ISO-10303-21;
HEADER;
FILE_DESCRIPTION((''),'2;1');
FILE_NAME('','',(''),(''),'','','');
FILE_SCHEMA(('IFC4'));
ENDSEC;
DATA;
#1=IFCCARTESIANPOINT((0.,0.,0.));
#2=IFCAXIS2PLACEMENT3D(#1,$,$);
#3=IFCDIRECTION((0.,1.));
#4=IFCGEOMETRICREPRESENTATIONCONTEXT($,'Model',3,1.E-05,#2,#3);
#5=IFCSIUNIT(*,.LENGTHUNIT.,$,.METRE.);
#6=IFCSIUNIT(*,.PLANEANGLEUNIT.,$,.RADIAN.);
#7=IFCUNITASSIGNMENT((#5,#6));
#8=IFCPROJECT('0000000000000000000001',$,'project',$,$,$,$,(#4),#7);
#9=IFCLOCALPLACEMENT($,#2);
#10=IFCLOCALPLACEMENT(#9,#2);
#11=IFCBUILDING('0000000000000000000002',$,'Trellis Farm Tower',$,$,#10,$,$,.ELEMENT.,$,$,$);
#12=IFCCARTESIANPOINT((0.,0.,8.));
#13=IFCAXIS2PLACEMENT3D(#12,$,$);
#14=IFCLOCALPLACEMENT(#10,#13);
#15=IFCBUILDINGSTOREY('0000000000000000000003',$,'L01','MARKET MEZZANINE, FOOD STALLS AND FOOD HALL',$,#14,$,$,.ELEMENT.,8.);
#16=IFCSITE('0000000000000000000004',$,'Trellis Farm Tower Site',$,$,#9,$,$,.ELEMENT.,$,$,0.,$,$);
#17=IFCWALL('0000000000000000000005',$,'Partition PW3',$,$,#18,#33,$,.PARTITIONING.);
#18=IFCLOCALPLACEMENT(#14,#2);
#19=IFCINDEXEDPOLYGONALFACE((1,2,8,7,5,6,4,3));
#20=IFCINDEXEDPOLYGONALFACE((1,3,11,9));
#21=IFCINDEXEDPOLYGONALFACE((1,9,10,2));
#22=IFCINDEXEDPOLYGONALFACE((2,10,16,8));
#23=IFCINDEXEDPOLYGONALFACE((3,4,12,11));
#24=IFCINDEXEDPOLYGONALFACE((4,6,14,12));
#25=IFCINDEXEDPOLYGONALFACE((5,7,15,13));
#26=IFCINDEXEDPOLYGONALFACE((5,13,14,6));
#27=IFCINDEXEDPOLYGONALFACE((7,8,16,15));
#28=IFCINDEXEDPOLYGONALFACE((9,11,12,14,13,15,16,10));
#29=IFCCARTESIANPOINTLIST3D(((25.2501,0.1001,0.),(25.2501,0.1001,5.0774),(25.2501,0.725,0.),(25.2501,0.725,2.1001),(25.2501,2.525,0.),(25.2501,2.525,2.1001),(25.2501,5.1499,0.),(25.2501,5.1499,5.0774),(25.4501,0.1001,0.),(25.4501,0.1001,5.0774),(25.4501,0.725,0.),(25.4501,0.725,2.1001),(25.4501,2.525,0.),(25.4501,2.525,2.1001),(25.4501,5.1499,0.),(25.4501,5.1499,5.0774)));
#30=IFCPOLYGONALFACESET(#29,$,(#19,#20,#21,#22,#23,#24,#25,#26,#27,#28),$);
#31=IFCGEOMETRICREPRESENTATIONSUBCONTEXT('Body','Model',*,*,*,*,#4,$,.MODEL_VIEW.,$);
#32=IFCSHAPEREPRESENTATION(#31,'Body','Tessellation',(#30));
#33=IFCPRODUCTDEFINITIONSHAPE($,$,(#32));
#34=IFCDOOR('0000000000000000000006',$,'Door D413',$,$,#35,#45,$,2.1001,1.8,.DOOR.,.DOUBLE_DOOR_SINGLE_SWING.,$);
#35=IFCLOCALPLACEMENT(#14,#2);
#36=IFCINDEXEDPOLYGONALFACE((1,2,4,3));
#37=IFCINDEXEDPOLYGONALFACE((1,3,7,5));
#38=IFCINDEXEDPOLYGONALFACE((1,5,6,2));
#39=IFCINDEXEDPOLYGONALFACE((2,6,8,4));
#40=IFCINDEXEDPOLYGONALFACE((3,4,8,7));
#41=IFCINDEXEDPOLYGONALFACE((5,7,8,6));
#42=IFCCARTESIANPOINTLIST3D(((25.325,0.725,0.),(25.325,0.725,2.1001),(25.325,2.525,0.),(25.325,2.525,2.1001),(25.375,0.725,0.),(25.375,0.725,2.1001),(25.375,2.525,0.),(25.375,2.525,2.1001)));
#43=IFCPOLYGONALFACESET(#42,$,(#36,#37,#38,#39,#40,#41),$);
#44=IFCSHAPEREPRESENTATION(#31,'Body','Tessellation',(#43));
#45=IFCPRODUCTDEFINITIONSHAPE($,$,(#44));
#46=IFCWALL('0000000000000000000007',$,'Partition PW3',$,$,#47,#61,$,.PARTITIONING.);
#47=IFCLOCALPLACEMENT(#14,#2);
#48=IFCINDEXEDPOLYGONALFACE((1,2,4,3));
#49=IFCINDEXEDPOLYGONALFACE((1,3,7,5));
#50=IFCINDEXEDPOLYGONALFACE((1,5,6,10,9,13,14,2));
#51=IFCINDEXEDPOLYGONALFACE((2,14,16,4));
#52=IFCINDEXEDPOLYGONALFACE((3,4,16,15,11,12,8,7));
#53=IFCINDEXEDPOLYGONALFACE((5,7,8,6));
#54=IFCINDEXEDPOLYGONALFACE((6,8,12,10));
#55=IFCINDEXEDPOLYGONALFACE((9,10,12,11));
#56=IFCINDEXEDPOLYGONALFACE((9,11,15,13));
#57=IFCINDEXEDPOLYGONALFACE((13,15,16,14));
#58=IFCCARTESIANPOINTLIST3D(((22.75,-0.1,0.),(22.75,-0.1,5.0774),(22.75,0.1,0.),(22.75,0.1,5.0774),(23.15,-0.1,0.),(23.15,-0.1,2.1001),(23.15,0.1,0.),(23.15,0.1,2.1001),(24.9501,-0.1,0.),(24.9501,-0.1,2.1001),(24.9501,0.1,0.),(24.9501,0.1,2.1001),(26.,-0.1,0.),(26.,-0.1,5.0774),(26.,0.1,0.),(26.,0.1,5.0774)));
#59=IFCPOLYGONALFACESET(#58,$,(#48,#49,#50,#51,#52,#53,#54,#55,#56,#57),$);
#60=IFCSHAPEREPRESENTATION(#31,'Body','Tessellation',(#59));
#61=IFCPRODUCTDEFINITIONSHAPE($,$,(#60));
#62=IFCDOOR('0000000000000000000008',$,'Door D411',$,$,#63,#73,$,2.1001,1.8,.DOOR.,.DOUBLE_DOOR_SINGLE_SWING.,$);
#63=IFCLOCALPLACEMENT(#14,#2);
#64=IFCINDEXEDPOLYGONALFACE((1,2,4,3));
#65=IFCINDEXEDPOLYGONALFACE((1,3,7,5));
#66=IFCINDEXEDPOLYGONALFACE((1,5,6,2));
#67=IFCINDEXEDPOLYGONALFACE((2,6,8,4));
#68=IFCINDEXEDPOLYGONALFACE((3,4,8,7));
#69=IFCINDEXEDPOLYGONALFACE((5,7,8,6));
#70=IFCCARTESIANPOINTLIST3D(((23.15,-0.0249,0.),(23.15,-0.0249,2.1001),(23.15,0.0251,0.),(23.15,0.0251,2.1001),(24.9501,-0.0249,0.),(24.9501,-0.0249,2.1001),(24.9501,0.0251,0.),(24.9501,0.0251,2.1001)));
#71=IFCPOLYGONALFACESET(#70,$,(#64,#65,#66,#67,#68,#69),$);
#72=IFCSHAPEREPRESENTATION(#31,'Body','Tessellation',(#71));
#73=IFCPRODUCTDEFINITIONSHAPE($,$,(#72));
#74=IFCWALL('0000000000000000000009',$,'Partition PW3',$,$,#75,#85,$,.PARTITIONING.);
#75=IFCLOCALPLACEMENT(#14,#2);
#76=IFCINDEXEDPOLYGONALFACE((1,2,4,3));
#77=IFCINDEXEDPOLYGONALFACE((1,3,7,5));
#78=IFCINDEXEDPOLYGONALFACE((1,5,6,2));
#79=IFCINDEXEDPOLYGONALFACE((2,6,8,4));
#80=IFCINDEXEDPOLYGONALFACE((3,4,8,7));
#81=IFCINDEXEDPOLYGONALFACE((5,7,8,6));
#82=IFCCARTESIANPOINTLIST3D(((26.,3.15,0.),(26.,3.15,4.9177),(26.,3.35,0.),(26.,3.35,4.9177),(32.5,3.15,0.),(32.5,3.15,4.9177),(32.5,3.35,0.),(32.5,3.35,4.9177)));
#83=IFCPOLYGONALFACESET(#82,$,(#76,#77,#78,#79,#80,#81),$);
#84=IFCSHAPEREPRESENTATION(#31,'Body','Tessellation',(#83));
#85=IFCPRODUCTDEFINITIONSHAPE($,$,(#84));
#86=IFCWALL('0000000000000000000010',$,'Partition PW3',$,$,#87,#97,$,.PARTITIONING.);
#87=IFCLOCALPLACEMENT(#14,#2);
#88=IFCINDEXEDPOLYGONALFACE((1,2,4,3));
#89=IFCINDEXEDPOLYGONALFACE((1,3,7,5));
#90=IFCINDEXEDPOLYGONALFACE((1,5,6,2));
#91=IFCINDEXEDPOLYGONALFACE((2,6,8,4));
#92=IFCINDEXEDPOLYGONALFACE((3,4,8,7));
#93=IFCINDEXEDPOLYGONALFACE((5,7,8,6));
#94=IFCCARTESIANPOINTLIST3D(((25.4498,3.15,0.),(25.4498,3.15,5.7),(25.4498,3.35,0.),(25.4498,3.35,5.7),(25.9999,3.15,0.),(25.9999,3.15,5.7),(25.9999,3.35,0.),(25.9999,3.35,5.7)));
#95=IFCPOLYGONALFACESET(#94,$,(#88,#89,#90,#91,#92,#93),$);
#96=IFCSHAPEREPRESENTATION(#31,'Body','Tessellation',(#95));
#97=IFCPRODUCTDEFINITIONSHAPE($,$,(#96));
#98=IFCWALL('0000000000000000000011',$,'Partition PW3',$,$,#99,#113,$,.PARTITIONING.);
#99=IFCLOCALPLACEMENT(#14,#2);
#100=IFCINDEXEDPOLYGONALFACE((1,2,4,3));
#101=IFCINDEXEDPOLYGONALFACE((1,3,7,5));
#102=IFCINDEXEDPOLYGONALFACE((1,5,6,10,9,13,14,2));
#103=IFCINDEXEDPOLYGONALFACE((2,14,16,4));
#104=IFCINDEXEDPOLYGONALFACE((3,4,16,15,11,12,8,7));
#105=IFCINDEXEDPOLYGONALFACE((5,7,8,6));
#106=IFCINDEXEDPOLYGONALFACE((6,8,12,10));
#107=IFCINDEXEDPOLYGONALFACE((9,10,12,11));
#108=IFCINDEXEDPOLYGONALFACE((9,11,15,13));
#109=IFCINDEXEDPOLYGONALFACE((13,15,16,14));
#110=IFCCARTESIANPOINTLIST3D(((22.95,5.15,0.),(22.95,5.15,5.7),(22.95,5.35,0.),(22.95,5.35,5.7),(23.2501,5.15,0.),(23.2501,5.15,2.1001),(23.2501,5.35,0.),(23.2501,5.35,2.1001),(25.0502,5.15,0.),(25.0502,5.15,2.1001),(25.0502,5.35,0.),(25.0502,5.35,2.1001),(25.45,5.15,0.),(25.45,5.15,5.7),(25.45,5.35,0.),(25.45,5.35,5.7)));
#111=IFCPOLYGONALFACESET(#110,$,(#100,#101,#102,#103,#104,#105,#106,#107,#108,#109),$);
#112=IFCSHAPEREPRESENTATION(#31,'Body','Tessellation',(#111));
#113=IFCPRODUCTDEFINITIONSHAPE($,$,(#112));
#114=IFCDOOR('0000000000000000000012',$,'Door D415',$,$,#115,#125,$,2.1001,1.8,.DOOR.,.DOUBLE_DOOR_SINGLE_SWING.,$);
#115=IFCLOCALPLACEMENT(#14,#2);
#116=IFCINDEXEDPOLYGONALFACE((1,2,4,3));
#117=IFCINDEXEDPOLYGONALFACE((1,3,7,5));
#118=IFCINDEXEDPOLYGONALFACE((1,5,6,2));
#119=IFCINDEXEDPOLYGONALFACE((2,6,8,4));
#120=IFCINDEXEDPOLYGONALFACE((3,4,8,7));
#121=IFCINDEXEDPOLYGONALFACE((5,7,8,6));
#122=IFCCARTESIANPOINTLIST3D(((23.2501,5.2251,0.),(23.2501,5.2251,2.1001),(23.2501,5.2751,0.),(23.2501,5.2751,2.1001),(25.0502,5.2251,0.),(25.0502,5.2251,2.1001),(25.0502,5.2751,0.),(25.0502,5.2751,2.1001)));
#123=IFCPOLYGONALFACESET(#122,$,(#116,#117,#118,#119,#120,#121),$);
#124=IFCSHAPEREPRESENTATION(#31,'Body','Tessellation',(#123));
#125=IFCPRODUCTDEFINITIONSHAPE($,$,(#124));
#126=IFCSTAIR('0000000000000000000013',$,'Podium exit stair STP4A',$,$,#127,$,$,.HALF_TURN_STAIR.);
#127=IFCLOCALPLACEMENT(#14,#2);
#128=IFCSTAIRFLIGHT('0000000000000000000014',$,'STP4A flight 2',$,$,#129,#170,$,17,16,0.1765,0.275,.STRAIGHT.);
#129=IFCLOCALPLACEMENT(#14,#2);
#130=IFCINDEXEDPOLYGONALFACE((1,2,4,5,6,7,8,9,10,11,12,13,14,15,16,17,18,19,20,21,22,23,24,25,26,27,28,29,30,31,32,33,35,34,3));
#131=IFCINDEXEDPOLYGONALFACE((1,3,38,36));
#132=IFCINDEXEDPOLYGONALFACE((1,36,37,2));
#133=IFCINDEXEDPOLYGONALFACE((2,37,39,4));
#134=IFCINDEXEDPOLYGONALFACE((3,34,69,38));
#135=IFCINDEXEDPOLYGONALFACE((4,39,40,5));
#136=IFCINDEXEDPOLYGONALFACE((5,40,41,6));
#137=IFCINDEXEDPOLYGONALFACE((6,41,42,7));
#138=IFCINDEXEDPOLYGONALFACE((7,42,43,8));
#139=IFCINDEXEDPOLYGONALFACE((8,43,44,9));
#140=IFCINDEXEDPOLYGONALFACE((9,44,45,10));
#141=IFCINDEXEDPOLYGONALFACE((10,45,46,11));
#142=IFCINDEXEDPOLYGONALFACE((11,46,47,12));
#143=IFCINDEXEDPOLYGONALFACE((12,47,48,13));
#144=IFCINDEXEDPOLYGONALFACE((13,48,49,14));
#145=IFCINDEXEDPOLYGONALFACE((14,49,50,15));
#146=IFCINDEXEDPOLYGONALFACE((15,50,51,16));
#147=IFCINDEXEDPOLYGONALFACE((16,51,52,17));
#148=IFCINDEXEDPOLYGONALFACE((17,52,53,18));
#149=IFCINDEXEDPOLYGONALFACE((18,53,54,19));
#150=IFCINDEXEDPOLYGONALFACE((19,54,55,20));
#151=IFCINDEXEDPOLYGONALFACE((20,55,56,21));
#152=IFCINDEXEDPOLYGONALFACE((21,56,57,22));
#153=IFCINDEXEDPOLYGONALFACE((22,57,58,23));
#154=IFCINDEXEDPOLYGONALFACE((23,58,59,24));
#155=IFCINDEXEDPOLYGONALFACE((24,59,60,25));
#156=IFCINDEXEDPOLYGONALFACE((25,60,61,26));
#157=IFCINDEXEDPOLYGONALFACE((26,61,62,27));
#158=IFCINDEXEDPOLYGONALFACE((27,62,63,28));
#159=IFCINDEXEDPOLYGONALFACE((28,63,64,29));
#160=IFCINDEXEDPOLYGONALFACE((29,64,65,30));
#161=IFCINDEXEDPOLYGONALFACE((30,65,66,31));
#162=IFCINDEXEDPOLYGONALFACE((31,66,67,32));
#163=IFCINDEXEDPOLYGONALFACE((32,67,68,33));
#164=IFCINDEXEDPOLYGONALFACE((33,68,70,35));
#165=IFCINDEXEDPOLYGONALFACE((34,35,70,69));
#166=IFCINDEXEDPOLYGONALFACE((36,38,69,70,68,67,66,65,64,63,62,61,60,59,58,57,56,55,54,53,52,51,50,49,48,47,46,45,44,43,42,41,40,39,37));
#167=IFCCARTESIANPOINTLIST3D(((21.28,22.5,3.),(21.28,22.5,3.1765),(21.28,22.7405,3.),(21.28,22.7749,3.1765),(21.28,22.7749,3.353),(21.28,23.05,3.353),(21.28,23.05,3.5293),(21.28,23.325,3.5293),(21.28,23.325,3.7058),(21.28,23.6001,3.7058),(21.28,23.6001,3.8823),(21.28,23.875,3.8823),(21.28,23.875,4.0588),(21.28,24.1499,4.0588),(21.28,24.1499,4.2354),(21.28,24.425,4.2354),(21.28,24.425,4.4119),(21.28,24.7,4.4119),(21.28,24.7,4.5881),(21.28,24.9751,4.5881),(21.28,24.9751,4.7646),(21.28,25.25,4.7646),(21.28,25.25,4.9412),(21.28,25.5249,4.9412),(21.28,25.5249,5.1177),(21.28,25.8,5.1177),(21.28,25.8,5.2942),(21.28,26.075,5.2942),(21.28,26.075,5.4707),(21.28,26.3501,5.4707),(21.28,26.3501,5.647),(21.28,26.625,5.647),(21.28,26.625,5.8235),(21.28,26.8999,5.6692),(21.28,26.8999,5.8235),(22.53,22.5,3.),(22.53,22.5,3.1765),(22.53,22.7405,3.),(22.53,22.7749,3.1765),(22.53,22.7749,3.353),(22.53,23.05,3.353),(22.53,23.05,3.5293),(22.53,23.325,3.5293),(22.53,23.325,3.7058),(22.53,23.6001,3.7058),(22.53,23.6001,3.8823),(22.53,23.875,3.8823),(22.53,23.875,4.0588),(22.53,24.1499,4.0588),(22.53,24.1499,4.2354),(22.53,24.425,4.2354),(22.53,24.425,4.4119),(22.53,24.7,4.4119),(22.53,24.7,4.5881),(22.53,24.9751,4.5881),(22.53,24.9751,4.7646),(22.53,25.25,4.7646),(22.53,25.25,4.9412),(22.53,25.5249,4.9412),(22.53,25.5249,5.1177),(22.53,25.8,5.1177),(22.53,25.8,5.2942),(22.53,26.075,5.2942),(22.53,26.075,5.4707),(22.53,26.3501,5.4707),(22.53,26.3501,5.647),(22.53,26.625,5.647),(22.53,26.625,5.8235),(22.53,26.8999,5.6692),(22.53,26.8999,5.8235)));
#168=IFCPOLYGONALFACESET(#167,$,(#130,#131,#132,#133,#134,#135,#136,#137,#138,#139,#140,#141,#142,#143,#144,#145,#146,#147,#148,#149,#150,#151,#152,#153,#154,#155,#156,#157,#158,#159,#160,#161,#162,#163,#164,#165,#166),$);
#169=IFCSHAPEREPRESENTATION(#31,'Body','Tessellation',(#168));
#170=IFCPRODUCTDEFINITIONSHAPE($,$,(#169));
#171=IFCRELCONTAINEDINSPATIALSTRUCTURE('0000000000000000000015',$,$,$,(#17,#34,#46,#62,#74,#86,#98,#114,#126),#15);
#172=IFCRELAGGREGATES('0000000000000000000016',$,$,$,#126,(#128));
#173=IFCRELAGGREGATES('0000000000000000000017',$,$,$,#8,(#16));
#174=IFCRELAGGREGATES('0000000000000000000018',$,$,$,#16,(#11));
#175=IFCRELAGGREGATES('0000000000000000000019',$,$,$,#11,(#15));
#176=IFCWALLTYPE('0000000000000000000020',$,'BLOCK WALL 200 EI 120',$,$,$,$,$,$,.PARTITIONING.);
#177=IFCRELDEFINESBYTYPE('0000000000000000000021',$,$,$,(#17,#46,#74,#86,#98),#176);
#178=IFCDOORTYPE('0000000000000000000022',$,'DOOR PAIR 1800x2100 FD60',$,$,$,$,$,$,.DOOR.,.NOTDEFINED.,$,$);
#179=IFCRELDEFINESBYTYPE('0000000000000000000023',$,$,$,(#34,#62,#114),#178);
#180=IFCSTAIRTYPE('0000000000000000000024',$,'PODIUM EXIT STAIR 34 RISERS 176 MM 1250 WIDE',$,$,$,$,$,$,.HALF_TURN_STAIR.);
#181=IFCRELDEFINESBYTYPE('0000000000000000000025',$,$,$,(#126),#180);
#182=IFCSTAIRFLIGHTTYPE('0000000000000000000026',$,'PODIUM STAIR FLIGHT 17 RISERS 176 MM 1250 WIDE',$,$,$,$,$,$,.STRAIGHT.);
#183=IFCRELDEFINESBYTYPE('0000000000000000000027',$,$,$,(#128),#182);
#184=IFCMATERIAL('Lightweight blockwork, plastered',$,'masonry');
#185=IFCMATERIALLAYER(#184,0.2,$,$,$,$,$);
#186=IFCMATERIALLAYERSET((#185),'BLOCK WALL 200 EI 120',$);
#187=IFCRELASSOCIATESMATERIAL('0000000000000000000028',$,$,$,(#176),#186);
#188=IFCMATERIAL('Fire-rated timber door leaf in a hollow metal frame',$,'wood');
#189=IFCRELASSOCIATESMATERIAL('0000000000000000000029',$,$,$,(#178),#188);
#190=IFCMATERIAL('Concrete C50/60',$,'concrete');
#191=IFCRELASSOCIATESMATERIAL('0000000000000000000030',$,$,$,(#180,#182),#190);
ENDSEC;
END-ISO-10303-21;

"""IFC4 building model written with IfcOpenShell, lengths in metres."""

from ifc_helpers import new_model, si_unit, direction, frame, frame_2d, origin, place, context, subcontext, project, spatial, polyline, rectangle, outline, extrude, source, transform, mapped, material, layer, layer_set, type_object, element, fill, aggregate, save


model = new_model("IFC4")

# Units and contexts
model_context = context("Model", 3, precision=1e-05, world=origin(), true_north=direction((0.0, 1.0)))
body_context = subcontext(model_context, "Body", "Model", "MODEL_VIEW")
ifc_project = project(units=[si_unit("LENGTHUNIT", "METRE"), si_unit("PLANEANGLEUNIT", "RADIAN")], contexts=[model_context])

# Site, building, storey
site_placement = place(None, origin())
site = spatial("IfcSite", under=ifc_project, at=site_placement, Name="Trellis Farm Tower Site", CompositionType="ELEMENT", RefElevation=0.0)
building_placement = place(site_placement, origin())
building = spatial("IfcBuilding", under=site, at=building_placement, Name="Trellis Farm Tower", CompositionType="ELEMENT")
storey_placement = place(building_placement, frame((0.0, 0.0, 8.0)))
storey = spatial("IfcBuildingStorey", under=building, at=storey_placement, Name="L01", Description="MARKET MEZZANINE, FOOD STALLS AND FOOD HALL", CompositionType="ELEMENT", Elevation=8.0)

# Walls, openings, doors
ifc_material_1 = material(Name="Lightweight blockwork, plastered", Category="masonry")
ifc_layer_1 = layer(ifc_material_1, 0.2)
ifc_layer_set_1 = layer_set([ifc_layer_1], Name="BLOCK WALL 200 EI 120")
wall_type_1 = type_object("IfcWallType", Name="BLOCK WALL 200 EI 120", PredefinedType="PARTITIONING", material=ifc_layer_set_1)
shared_shape_1 = source(origin(), body_context, "Body", "SweptSolid", [
    extrude(rectangle(XDim=5.0498, YDim=0.2, at=frame_2d((2.5249, 0.0))), origin(), (0.0, 0.0, 1.0), 5.0774),
])
wall_1_placement = place(storey_placement, frame((25.3501, 5.1499, 0.0), z_axis=(0.0, 0.0, 1.0), x_axis=(0.0, -1.0, 0.0)))
wall_1 = element("IfcWall", 1, at=wall_1_placement, inside=storey, type_object=wall_type_1, Name="Partition PW3", PredefinedType="PARTITIONING", context=body_context, shape_type="MappedRepresentation", body=[
    mapped(shared_shape_1, transform((0.0, 0.0, 0.0))),
])
shared_shape_2 = source(origin(), body_context, "Body", "SweptSolid", [
    extrude(rectangle(XDim=1.8, YDim=2.1001, at=frame_2d((0.8999, 1.05))), frame((0.0, 0.1101, 0.0), z_axis=(0.0, -1.0, 0.0), x_axis=(1.0, 0.0, 0.0)), (0.0, 0.0, 1.0), 0.2202),
])
opening_1_placement = place(wall_1_placement, frame((2.625, 0.0, 0.0)))
opening_1 = element("IfcOpeningElement", 2, at=opening_1_placement, cuts=wall_1, PredefinedType="OPENING", context=body_context, shape_type="MappedRepresentation", body=[
    mapped(shared_shape_2, transform((0.0, 0.0, 0.0))),
])
ifc_material_2 = material(Name="Fire-rated timber door leaf in a hollow metal frame", Category="wood")
door_type_1 = type_object("IfcDoorType", Name="DOOR PAIR 1800x2100 FD60", OperationType="NOTDEFINED", PredefinedType="DOOR", material=ifc_material_2)
shared_shape_3 = source(origin(), body_context, "Body", "SweptSolid", [
    extrude(rectangle(XDim=1.8, YDim=2.1001, at=frame_2d((0.8999, 1.05))), frame((0.0, 0.0249, 0.0), z_axis=(0.0, -1.0, 0.0), x_axis=(1.0, 0.0, 0.0)), (0.0, 0.0, 1.0), 0.05),
])
door_1_placement = place(opening_1_placement, origin())
door_1 = element("IfcDoor", 3, at=door_1_placement, inside=storey, type_object=door_type_1, Name="Door D413", OperationType="DOUBLE_DOOR_SINGLE_SWING", OverallHeight=2.1001, OverallWidth=1.8, PredefinedType="DOOR", context=body_context, shape_type="MappedRepresentation", body=[
    mapped(shared_shape_3, transform((0.0, 0.0, 0.0))),
])
fill(opening_1, door_1)
shared_shape_4 = source(origin(), body_context, "Body", "SweptSolid", [
    extrude(rectangle(XDim=3.25, YDim=0.2, at=frame_2d((1.625, 0.0))), origin(), (0.0, 0.0, 1.0), 5.0774),
])
wall_2_placement = place(storey_placement, frame((26.0, 0.0, 0.0), z_axis=(0.0, 0.0, 1.0), x_axis=(-1.0, 0.0, 0.0)))
wall_2 = element("IfcWall", 4, at=wall_2_placement, inside=storey, type_object=wall_type_1, Name="Partition PW3", PredefinedType="PARTITIONING", context=body_context, shape_type="MappedRepresentation", body=[
    mapped(shared_shape_4, transform((0.0, 0.0, 0.0))),
])
opening_2_placement = place(wall_2_placement, frame((1.05, 0.0, 0.0)))
opening_2 = element("IfcOpeningElement", 5, at=opening_2_placement, cuts=wall_2, PredefinedType="OPENING", context=body_context, shape_type="MappedRepresentation", body=[
    mapped(shared_shape_2, transform((0.0, 0.0, 0.0))),
])
door_2_placement = place(opening_2_placement, origin())
door_2 = element("IfcDoor", 6, at=door_2_placement, inside=storey, type_object=door_type_1, Name="Door D411", OperationType="DOUBLE_DOOR_SINGLE_SWING", OverallHeight=2.1001, OverallWidth=1.8, PredefinedType="DOOR", context=body_context, shape_type="MappedRepresentation", body=[
    mapped(shared_shape_3, transform((0.0, 0.0, 0.0))),
])
fill(opening_2, door_2)

# Walls
shared_shape_5 = source(origin(), body_context, "Body", "SweptSolid", [
    extrude(rectangle(XDim=6.5, YDim=0.2, at=frame_2d((3.25, 0.0))), origin(), (0.0, 0.0, 1.0), 4.9177),
])
wall_3_placement = place(storey_placement, frame((26.0, 3.25, 0.0), z_axis=(0.0, 0.0, 1.0), x_axis=(1.0, 0.0, 0.0)))
element("IfcWall", 7, at=wall_3_placement, inside=storey, type_object=wall_type_1, Name="Partition PW3", PredefinedType="PARTITIONING", context=body_context, shape_type="MappedRepresentation", body=[
    mapped(shared_shape_5, transform((0.0, 0.0, 0.0))),
])
shared_shape_6 = source(origin(), body_context, "Body", "SweptSolid", [
    extrude(rectangle(XDim=0.55, YDim=0.2, at=frame_2d((0.2749, 0.0))), origin(), (0.0, 0.0, 1.0), 5.7),
])
wall_4_placement = place(storey_placement, frame((25.45, 3.25, 0.0), z_axis=(0.0, 0.0, 1.0), x_axis=(1.0, 0.0, 0.0)))
element("IfcWall", 8, at=wall_4_placement, inside=storey, type_object=wall_type_1, Name="Partition PW3", PredefinedType="PARTITIONING", context=body_context, shape_type="MappedRepresentation", body=[
    mapped(shared_shape_6, transform((0.0, 0.0, 0.0))),
])

# Wall, opening, door
shared_shape_7 = source(origin(), body_context, "Body", "SweptSolid", [
    extrude(rectangle(XDim=2.5, YDim=0.2, at=frame_2d((1.25, 0.0))), origin(), (0.0, 0.0, 1.0), 5.7),
])
wall_5_placement = place(storey_placement, frame((25.45, 5.25, 0.0), z_axis=(0.0, 0.0, 1.0), x_axis=(-1.0, 0.0, 0.0)))
wall_5 = element("IfcWall", 9, at=wall_5_placement, inside=storey, type_object=wall_type_1, Name="Partition PW3", PredefinedType="PARTITIONING", context=body_context, shape_type="MappedRepresentation", body=[
    mapped(shared_shape_7, transform((0.0, 0.0, 0.0))),
])
opening_3_placement = place(wall_5_placement, frame((0.3999, 0.0, 0.0)))
opening_3 = element("IfcOpeningElement", 10, at=opening_3_placement, cuts=wall_5, PredefinedType="OPENING", context=body_context, shape_type="MappedRepresentation", body=[
    mapped(shared_shape_2, transform((0.0, 0.0, 0.0))),
])
door_3_placement = place(opening_3_placement, origin())
door_3 = element("IfcDoor", 11, at=door_3_placement, inside=storey, type_object=door_type_1, Name="Door D415", OperationType="DOUBLE_DOOR_SINGLE_SWING", OverallHeight=2.1001, OverallWidth=1.8, PredefinedType="DOOR", context=body_context, shape_type="MappedRepresentation", body=[
    mapped(shared_shape_3, transform((0.0, 0.0, 0.0))),
])
fill(opening_3, door_3)

# Stair, stair flight
ifc_material_3 = material(Name="Concrete C50/60", Category="concrete")
stair_type = type_object("IfcStairType", Name="PODIUM EXIT STAIR 34 RISERS 176 MM 1250 WIDE", PredefinedType="HALF_TURN_STAIR", material=ifc_material_3)
placement = place(storey_placement, origin())
stair_1 = element("IfcStair", 12, at=placement, inside=storey, type_object=stair_type, Name="Podium exit stair STP4A", PredefinedType="HALF_TURN_STAIR")
stair_flight_type = type_object("IfcStairFlightType", Name="PODIUM STAIR FLIGHT 17 RISERS 176 MM 1250 WIDE", PredefinedType="STRAIGHT", material=ifc_material_3)
shared_shape_8 = source(origin(), body_context, "Body", "SweptSolid", [
    extrude(outline(polyline([(0.0, 0.0), (0.0, 0.1765), (0.2749, 0.1765), (0.2749, 0.353), (0.55, 0.353), (0.55, 0.5293), (0.825, 0.5293), (0.825, 0.7058), (1.1001, 0.7058), (1.1001, 0.8823), (1.375, 0.8823), (1.375, 1.0588), (1.6499, 1.0588), (1.6499, 1.2354), (1.925, 1.2354), (1.925, 1.4119), (2.2, 1.4119), (2.2, 1.5881), (2.4751, 1.5881), (2.4751, 1.7646), (2.75, 1.7646), (2.75, 1.9412), (3.0249, 1.9412), (3.0249, 2.1177), (3.3, 2.1177), (3.3, 2.2942), (3.575, 2.2942), (3.575, 2.4707), (3.8501, 2.4707), (3.8501, 2.647), (4.125, 2.647), (4.125, 2.8235), (4.3999, 2.8235), (4.3999, 3.0), (4.3999, 2.6692), (0.2405, 0.0), (0.0, 0.0)])), frame((0.0, 0.625, 0.0), z_axis=(0.0, -1.0, 0.0), x_axis=(1.0, 0.0, 0.0)), (0.0, 0.0, 1.0), 1.25),
])
stair_flight_1_placement = place(storey_placement, frame((21.905, 22.5, 3.0), z_axis=(0.0, 0.0, 1.0), x_axis=(0.0, 1.0, 0.0)))
stair_flight_1 = element("IfcStairFlight", 13, at=stair_flight_1_placement, type_object=stair_flight_type, Name="STP4A flight 2", NumberOfRisers=17, NumberOfTreads=16, PredefinedType="STRAIGHT", RiserHeight=0.1765, TreadLength=0.275, context=body_context, shape_type="MappedRepresentation", body=[
    mapped(shared_shape_8, transform((0.0, 0.0, 0.0))),
])
aggregate(stair_1, [stair_flight_1])

save(model, "model.ifc")
